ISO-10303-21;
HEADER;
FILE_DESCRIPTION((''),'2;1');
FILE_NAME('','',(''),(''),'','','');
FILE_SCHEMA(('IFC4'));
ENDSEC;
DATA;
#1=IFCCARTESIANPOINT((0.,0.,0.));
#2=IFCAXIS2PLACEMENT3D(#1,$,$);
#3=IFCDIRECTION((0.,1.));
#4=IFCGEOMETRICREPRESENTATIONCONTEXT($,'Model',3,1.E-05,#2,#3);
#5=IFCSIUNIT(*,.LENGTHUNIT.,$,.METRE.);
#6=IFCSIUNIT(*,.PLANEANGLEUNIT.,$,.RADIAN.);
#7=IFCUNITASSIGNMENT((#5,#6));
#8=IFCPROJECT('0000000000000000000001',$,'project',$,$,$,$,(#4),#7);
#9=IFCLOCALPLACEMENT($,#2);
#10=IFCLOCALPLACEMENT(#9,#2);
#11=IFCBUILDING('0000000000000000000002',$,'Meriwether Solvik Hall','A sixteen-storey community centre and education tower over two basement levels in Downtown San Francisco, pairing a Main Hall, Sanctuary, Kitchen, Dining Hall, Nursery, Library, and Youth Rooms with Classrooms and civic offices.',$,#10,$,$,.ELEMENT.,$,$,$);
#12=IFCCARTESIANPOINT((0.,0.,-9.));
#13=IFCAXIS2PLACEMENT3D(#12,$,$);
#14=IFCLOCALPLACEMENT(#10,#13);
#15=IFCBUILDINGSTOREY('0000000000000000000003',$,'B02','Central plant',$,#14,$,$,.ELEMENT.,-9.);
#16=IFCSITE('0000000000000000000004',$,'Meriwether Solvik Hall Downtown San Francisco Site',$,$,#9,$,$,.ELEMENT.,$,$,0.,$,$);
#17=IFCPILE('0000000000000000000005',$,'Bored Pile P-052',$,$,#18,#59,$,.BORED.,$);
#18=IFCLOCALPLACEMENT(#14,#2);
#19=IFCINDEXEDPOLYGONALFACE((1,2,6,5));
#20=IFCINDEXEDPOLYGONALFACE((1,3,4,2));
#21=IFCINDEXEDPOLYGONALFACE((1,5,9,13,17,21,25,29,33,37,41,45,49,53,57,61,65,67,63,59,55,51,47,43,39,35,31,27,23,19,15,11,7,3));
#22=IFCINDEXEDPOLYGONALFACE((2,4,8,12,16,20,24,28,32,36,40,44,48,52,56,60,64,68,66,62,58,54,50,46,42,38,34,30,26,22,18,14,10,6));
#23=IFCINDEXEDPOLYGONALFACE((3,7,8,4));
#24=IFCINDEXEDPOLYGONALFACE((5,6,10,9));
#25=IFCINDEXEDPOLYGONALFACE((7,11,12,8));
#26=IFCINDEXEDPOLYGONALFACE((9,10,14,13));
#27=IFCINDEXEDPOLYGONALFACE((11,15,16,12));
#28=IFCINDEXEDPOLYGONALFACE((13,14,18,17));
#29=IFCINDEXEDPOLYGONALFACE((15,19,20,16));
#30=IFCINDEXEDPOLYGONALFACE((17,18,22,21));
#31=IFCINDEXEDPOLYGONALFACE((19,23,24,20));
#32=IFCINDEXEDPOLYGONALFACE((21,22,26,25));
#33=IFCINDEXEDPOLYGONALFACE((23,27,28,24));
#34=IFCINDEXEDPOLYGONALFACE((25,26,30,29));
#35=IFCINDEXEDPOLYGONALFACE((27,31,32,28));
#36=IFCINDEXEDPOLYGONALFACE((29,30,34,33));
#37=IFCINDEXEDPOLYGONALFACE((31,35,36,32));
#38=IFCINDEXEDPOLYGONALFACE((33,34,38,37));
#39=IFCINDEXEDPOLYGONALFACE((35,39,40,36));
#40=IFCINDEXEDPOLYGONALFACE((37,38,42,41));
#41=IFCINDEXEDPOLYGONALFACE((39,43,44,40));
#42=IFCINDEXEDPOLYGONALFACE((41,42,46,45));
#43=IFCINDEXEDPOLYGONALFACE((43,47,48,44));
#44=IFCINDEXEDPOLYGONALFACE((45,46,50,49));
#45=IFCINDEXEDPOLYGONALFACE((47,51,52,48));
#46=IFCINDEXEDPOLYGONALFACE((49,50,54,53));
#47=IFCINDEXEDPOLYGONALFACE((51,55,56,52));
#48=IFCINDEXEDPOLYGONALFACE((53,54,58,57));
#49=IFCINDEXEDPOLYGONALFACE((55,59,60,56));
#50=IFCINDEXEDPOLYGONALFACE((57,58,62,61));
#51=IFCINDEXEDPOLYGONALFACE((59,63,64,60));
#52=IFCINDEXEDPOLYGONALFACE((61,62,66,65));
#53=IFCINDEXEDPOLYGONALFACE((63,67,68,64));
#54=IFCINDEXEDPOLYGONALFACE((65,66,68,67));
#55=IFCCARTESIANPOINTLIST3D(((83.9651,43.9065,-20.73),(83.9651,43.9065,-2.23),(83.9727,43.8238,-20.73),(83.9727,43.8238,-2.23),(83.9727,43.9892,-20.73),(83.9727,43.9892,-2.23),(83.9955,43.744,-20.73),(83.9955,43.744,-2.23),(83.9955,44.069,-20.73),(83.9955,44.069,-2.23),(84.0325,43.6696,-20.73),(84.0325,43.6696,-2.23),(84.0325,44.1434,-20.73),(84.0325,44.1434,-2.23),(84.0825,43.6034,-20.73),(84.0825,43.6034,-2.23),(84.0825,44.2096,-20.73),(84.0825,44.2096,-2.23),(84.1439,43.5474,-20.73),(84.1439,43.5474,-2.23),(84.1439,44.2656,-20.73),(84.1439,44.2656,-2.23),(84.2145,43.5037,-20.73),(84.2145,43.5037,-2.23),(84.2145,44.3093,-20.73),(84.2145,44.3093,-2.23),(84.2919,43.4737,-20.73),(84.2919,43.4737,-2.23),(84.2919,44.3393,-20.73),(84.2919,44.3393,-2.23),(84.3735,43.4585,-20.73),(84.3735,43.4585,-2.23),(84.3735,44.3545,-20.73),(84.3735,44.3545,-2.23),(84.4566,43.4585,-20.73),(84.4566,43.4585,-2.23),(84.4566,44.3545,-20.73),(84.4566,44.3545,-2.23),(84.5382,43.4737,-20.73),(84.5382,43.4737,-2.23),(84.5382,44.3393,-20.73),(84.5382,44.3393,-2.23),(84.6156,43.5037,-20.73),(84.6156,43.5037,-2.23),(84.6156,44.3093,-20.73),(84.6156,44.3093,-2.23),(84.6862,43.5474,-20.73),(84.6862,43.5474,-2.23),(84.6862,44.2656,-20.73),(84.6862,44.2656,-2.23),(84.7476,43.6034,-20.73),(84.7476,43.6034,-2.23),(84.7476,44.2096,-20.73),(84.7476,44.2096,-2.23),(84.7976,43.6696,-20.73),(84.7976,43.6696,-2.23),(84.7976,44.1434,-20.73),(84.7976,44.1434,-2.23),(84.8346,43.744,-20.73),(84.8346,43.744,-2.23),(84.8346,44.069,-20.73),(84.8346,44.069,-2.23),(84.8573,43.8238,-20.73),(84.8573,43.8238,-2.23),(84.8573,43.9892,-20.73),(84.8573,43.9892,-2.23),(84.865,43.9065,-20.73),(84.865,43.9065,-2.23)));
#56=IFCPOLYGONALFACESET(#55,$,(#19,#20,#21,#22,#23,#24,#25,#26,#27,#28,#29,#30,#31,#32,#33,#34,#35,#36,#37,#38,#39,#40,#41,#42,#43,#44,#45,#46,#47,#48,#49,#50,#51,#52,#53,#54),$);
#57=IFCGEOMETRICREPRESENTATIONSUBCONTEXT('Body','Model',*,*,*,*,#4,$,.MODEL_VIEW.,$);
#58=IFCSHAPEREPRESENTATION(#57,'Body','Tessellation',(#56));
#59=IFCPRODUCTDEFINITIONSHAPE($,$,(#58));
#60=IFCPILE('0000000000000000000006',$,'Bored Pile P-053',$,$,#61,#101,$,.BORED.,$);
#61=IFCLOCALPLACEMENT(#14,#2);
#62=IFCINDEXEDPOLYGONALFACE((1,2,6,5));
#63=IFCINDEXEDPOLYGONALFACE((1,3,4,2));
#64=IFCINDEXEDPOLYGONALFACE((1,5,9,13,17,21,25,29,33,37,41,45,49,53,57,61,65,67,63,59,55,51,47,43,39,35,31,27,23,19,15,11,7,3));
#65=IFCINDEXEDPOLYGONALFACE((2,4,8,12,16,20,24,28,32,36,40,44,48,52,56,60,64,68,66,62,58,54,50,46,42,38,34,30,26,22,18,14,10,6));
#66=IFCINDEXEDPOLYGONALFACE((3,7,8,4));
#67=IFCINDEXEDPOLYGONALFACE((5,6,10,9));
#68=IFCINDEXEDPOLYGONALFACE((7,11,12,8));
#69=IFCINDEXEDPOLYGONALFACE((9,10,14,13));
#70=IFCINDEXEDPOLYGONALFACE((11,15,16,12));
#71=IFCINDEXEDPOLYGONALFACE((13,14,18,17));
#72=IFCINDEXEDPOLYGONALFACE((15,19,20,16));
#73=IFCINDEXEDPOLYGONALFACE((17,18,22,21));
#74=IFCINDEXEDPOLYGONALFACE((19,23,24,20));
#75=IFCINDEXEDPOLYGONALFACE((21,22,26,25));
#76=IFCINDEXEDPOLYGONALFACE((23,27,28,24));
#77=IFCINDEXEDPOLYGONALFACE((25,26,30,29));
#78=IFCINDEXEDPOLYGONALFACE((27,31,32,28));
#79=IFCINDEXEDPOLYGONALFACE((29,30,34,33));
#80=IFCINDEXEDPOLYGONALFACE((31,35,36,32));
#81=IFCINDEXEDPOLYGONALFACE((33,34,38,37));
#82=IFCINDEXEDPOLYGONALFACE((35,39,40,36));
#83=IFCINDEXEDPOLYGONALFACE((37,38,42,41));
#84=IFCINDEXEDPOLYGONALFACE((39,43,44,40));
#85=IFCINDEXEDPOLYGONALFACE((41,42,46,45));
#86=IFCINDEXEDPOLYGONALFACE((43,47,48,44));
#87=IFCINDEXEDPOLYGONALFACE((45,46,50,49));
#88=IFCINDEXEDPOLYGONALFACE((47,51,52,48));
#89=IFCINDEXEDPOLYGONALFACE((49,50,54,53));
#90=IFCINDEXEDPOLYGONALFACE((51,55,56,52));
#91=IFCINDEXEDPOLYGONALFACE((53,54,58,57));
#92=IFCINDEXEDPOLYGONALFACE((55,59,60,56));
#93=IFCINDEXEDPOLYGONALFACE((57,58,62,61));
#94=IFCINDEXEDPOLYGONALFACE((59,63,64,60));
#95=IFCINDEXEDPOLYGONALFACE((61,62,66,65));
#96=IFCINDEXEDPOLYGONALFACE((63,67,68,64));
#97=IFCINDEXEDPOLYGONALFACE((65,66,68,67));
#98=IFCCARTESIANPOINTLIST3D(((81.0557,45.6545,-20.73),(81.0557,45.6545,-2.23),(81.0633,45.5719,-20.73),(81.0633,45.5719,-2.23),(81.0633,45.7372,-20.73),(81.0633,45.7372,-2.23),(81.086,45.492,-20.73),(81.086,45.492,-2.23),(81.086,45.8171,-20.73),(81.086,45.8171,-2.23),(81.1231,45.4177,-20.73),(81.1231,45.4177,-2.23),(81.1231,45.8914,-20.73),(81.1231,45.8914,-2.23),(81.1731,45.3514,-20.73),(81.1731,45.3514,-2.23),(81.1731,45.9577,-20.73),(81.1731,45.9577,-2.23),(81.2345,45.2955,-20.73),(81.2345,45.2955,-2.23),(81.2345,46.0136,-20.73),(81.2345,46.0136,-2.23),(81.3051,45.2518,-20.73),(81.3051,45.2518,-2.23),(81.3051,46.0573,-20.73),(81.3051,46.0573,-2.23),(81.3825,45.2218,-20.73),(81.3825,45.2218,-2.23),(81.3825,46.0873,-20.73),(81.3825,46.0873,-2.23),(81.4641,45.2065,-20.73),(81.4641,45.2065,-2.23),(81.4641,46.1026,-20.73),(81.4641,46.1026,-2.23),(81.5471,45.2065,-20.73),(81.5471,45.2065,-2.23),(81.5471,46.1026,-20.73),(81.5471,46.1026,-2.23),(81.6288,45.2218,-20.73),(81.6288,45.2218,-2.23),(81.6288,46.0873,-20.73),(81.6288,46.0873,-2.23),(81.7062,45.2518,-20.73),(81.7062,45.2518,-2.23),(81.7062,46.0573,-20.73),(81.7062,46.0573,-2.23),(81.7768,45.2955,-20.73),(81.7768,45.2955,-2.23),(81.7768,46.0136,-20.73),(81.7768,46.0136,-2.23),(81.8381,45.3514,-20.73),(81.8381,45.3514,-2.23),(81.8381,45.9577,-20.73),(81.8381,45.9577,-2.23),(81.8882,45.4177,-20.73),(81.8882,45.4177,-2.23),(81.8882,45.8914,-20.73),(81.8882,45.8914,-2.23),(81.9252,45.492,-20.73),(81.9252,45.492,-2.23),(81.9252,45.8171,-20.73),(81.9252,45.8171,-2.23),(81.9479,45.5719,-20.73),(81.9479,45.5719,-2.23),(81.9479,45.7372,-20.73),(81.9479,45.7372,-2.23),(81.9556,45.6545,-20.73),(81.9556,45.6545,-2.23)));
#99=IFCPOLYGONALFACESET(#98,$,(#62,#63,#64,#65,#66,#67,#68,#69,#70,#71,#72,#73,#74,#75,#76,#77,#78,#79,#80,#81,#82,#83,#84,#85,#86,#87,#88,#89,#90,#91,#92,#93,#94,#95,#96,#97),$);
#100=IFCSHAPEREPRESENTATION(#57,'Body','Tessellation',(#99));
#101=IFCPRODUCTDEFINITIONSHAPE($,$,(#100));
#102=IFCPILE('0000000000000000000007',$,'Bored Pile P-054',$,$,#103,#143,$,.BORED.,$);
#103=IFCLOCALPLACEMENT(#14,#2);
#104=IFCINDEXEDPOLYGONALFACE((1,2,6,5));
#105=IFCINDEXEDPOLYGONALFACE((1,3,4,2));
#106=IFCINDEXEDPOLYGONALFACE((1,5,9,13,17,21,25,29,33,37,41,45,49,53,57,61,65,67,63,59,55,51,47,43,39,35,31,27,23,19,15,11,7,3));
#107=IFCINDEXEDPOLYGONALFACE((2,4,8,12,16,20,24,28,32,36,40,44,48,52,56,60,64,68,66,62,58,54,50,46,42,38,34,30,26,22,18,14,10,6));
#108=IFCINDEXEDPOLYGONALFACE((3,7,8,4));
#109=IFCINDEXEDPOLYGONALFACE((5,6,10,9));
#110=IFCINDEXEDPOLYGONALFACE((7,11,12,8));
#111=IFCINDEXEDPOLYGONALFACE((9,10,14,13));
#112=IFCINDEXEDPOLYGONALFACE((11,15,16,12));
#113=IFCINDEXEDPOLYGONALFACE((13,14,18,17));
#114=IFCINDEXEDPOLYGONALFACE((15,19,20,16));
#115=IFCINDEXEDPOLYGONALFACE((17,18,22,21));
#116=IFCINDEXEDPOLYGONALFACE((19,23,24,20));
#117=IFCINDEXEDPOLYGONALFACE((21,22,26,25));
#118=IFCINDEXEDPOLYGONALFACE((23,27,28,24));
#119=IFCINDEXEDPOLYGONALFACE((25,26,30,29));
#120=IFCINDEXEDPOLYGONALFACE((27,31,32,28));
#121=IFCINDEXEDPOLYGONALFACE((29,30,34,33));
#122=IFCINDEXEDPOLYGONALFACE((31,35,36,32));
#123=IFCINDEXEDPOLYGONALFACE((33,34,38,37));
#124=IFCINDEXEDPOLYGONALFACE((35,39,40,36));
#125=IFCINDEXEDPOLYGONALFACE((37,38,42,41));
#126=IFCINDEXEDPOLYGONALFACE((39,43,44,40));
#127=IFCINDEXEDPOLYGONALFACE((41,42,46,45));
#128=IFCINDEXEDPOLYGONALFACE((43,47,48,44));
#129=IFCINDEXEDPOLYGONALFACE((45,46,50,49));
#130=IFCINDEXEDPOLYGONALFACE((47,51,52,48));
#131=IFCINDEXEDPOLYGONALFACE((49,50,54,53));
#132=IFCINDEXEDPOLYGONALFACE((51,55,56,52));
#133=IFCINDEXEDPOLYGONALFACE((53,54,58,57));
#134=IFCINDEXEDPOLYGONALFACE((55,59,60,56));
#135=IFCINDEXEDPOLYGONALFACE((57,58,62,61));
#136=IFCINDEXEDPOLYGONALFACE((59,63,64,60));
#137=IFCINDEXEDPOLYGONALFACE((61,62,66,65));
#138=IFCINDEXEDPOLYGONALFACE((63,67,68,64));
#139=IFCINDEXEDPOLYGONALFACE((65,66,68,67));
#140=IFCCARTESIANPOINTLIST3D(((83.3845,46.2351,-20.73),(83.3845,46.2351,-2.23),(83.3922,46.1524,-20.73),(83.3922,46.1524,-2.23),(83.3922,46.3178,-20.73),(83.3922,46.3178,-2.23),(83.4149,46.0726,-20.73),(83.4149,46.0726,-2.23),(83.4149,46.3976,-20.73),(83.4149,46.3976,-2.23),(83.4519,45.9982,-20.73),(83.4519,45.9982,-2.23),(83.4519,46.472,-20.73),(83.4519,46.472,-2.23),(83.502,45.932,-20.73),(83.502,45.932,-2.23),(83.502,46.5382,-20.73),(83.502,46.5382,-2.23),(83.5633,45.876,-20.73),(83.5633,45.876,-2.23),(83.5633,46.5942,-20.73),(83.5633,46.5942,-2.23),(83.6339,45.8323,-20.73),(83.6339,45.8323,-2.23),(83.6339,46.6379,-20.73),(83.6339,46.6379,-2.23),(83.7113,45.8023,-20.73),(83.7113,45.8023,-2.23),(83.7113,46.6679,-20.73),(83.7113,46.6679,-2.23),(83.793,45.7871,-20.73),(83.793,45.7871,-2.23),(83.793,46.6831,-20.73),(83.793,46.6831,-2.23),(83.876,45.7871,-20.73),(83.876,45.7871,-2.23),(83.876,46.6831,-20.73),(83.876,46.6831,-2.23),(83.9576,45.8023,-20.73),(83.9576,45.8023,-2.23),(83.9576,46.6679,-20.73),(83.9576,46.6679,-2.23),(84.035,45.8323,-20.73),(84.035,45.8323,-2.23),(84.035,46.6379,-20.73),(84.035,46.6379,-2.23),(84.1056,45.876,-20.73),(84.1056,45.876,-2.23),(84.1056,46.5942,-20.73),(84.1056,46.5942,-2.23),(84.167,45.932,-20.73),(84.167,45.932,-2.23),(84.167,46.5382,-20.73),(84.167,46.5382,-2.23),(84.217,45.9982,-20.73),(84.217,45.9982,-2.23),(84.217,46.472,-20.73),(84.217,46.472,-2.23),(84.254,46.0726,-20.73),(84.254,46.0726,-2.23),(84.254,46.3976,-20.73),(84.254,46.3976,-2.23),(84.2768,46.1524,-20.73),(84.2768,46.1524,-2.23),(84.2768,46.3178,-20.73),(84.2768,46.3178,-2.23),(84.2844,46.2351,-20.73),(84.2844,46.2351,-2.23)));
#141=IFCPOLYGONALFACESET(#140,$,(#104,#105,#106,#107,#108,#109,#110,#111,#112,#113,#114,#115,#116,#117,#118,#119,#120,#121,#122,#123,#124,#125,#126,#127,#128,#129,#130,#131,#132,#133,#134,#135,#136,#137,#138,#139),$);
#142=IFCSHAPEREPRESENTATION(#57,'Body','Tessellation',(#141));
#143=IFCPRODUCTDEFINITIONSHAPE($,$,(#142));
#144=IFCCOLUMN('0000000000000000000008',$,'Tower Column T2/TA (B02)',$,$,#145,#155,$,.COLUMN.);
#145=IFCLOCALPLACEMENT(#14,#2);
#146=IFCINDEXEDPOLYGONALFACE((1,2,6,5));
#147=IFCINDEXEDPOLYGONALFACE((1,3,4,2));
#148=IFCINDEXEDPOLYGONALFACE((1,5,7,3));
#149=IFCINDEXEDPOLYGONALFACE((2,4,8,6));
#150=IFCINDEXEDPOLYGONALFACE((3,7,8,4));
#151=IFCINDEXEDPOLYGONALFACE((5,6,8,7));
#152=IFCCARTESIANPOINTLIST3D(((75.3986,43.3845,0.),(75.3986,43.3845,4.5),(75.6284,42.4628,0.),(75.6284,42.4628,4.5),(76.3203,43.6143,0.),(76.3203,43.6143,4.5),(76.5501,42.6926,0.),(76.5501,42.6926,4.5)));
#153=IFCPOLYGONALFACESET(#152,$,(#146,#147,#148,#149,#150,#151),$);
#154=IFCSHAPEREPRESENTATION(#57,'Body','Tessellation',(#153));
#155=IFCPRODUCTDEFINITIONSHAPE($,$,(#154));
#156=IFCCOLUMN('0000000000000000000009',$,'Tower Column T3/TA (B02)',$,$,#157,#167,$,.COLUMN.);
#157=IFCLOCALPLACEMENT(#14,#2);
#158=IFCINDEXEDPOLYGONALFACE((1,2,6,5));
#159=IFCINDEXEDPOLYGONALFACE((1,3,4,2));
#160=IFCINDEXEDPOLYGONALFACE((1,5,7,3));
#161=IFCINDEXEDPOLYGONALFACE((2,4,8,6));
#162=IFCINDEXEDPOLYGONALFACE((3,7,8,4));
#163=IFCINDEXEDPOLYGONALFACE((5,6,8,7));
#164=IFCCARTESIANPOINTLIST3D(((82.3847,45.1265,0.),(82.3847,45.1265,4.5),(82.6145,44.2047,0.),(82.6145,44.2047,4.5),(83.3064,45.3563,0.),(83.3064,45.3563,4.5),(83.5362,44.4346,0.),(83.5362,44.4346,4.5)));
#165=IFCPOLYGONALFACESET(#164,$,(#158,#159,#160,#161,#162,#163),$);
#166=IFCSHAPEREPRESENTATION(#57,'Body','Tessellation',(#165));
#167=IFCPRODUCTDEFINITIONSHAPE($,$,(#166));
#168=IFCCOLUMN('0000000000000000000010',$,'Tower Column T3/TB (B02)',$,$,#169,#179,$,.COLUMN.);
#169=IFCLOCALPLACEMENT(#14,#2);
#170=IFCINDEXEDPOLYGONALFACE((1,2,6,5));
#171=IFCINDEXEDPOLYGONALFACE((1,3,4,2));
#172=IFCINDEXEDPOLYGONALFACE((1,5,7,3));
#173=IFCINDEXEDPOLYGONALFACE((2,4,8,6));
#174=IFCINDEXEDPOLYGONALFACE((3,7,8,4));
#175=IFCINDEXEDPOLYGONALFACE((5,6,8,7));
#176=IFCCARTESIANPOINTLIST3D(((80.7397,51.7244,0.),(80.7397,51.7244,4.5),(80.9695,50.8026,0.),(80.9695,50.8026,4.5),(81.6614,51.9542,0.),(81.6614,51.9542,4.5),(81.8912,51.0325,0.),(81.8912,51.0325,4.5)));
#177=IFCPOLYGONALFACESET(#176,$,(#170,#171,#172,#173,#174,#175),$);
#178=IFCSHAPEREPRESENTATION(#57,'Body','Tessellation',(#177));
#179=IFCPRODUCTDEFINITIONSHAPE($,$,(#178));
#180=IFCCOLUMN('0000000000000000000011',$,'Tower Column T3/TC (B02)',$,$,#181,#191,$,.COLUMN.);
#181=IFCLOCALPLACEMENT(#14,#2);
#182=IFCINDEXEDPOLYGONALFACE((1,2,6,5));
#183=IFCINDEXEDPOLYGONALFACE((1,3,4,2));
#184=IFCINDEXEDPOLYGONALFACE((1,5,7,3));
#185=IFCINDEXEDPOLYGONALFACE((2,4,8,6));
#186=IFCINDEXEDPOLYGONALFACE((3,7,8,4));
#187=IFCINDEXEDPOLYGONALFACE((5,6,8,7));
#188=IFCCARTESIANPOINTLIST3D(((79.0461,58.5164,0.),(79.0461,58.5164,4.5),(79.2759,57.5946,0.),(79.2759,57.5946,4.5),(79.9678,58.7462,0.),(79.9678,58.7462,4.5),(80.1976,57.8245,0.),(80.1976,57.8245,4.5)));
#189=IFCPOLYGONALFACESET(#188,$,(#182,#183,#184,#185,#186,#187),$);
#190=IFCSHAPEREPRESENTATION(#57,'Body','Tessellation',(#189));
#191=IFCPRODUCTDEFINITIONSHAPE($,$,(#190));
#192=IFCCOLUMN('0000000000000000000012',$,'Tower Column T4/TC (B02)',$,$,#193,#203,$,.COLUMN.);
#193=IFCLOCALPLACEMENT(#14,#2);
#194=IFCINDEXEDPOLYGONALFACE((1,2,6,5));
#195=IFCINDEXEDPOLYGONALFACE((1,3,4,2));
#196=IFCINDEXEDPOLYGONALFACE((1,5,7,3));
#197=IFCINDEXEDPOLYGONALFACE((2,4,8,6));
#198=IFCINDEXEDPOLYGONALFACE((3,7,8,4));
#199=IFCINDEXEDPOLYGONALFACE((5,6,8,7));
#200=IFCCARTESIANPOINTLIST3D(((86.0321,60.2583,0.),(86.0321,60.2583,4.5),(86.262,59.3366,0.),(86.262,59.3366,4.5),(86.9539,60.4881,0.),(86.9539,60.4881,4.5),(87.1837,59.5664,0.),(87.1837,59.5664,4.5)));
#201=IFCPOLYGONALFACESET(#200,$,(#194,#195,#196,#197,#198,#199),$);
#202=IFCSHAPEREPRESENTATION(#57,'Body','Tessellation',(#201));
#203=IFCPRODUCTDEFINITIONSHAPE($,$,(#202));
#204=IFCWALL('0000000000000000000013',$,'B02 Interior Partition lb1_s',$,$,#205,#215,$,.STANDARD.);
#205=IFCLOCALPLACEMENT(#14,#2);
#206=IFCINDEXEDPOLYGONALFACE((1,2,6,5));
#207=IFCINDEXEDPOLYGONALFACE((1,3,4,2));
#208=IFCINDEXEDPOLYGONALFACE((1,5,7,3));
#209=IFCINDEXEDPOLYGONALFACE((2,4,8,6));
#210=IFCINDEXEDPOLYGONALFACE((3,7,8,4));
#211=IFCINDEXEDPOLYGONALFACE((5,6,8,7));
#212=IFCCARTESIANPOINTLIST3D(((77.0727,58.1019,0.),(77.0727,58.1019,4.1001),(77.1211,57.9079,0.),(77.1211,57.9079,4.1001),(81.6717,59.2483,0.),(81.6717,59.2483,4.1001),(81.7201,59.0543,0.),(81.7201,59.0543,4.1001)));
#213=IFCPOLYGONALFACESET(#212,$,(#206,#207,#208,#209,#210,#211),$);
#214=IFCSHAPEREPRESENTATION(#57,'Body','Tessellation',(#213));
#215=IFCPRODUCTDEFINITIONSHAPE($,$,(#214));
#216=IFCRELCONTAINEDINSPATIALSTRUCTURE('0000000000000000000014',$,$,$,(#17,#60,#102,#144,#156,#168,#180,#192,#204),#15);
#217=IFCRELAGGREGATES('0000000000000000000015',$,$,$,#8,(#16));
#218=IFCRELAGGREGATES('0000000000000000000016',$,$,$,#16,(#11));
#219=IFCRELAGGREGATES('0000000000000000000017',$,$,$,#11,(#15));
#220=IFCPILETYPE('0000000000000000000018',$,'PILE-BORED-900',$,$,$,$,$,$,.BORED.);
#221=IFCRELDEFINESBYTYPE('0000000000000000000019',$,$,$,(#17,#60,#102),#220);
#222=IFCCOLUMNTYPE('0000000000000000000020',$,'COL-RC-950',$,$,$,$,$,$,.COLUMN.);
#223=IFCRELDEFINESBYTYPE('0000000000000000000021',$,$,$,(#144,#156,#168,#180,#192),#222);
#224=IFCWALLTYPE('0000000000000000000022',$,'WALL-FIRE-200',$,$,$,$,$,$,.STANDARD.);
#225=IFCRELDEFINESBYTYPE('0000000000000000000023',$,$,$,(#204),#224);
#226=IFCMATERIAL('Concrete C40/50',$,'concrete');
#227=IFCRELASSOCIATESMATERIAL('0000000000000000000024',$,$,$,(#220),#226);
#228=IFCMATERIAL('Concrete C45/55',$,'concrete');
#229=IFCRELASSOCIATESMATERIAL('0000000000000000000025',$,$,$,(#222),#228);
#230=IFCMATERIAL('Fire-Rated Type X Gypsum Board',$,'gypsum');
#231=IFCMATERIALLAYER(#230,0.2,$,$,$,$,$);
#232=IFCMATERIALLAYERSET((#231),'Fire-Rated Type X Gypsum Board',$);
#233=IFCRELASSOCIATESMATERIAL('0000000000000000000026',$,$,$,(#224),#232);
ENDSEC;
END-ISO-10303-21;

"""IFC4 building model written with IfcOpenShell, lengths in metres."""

from ifc_helpers import new_model, si_unit, direction, frame, frame_2d, origin, origin_2d, place, context, subcontext, project, spatial, rectangle, circle, extrude, material, layer, layer_set, material_profile, profile_set, type_object, element, save


model = new_model("IFC4")

# Units and contexts
model_context = context("Model", 3, precision=1e-05, world=origin(), true_north=direction((0.0, 1.0)))
body_context = subcontext(model_context, "Body", "Model", "MODEL_VIEW")
ifc_project = project(units=[si_unit("LENGTHUNIT", "METRE"), si_unit("PLANEANGLEUNIT", "RADIAN")], contexts=[model_context])

# Site, building, storey
site_placement = place(None, origin())
site = spatial("IfcSite", under=ifc_project, at=site_placement, Name="Meriwether Solvik Hall Downtown San Francisco Site", CompositionType="ELEMENT", RefElevation=0.0)
building_placement = place(site_placement, origin())
building = spatial("IfcBuilding", under=site, at=building_placement, Name="Meriwether Solvik Hall", Description="A sixteen-storey community centre and education tower over two basement levels in Downtown San Francisco, pairing a Main Hall, Sanctuary, Kitchen, Dining Hall, Nursery, Library, and Youth Rooms with Classrooms and civic offices.", CompositionType="ELEMENT")
storey_placement = place(building_placement, frame((0.0, 0.0, -9.0)))
storey = spatial("IfcBuildingStorey", under=building, at=storey_placement, Name="B02", Description="Central plant", CompositionType="ELEMENT", Elevation=-9.0)

# Piles
ifc_material_1 = material(Name="Concrete C40/50", Category="concrete")
ifc_material_profile_1 = material_profile(ifc_material_1, circle(Radius=0.45, at=origin_2d()), Name="PILE-D900")
ifc_profile_set_1 = profile_set([ifc_material_profile_1], Name="Concrete C40/50")
pile_type_1 = type_object("IfcPileType", Name="PILE-BORED-900", PredefinedType="BORED", material=ifc_profile_set_1)
for number, where, z_axis, x_axis, name in (
    (1, (84.415, 43.9065, -2.23), (0.0, 0.0, -1.0), (1.0, 0.0, 0.0), "Bored Pile P-052"),
    (2, (81.5056, 45.6545, -2.23), (0.0, 0.0, -1.0), (1.0, 0.0, 0.0), "Bored Pile P-053"),
    (3, (83.8345, 46.2351, -2.23), (0.0, 0.0, -1.0), (1.0, 0.0, 0.0), "Bored Pile P-054"),
):
    element("IfcPile", number, at=place(storey_placement, frame(where, z_axis=z_axis, x_axis=x_axis)), inside=storey, type_object=pile_type_1, Name=name, PredefinedType="BORED", context=body_context, shape_type="SweptSolid", body=[
        extrude(circle(Radius=0.45, at=origin_2d()), origin(), (0.0, 0.0, 1.0), 18.5),
    ])

# Columns
ifc_material_2 = material(Name="Concrete C45/55", Category="concrete")
ifc_material_profile_2 = material_profile(ifc_material_2, rectangle(XDim=0.95, YDim=0.95, at=origin_2d()), Name="RCC-950X950")
ifc_profile_set_2 = profile_set([ifc_material_profile_2], Name="Concrete C45/55")
column_type = type_object("IfcColumnType", Name="COL-RC-950", PredefinedType="COLUMN", material=ifc_profile_set_2)
for number, where, z_axis, x_axis, name in (
    (4, (75.9744, 43.0386, 0.0), (0.0, 0.0, 1.0), (0.970296, 0.241922, 0.0), "Tower Column T2/TA (B02)"),
    (5, (82.9604, 44.7805, 0.0), (0.0, 0.0, 1.0), (0.970296, 0.241922, 0.0), "Tower Column T3/TA (B02)"),
    (6, (81.3154, 51.3784, 0.0), (0.0, 0.0, 1.0), (0.970296, 0.241922, 0.0), "Tower Column T3/TB (B02)"),
    (7, (79.6218, 58.1704, 0.0), (0.0, 0.0, 1.0), (0.970296, 0.241922, 0.0), "Tower Column T3/TC (B02)"),
    (8, (86.6079, 59.9124, 0.0), (0.0, 0.0, 1.0), (0.970296, 0.241922, 0.0), "Tower Column T4/TC (B02)"),
):
    element("IfcColumn", number, at=place(storey_placement, frame(where, z_axis=z_axis, x_axis=x_axis)), inside=storey, type_object=column_type, Name=name, PredefinedType="COLUMN", context=body_context, shape_type="SweptSolid", body=[
        extrude(rectangle(XDim=0.95, YDim=0.95, at=origin_2d()), origin(), (0.0, 0.0, 1.0), 4.5),
    ])

# Wall
ifc_material_3 = material(Name="Fire-Rated Type X Gypsum Board", Category="gypsum")
ifc_layer_1 = layer(ifc_material_3, 0.2)
ifc_layer_set_1 = layer_set([ifc_layer_1], Name="Fire-Rated Type X Gypsum Board")
wall_type_1 = type_object("IfcWallType", Name="WALL-FIRE-200", PredefinedType="STANDARD", material=ifc_layer_set_1)
wall_1_placement = place(storey_placement, frame((77.0969, 58.0049, 0.0), z_axis=(0.0, 0.0, 1.0), x_axis=(0.970306, 0.241881, 0.0)))
element("IfcWall", 9, at=wall_1_placement, inside=storey, type_object=wall_type_1, Name="B02 Interior Partition lb1_s", PredefinedType="STANDARD", context=body_context, shape_type="SweptSolid", body=[
    extrude(rectangle(XDim=4.7397, YDim=0.2, at=frame_2d((2.3699, 0.0))), origin(), (0.0, 0.0, 1.0), 4.1001),
])

save(model, "model.ifc")
